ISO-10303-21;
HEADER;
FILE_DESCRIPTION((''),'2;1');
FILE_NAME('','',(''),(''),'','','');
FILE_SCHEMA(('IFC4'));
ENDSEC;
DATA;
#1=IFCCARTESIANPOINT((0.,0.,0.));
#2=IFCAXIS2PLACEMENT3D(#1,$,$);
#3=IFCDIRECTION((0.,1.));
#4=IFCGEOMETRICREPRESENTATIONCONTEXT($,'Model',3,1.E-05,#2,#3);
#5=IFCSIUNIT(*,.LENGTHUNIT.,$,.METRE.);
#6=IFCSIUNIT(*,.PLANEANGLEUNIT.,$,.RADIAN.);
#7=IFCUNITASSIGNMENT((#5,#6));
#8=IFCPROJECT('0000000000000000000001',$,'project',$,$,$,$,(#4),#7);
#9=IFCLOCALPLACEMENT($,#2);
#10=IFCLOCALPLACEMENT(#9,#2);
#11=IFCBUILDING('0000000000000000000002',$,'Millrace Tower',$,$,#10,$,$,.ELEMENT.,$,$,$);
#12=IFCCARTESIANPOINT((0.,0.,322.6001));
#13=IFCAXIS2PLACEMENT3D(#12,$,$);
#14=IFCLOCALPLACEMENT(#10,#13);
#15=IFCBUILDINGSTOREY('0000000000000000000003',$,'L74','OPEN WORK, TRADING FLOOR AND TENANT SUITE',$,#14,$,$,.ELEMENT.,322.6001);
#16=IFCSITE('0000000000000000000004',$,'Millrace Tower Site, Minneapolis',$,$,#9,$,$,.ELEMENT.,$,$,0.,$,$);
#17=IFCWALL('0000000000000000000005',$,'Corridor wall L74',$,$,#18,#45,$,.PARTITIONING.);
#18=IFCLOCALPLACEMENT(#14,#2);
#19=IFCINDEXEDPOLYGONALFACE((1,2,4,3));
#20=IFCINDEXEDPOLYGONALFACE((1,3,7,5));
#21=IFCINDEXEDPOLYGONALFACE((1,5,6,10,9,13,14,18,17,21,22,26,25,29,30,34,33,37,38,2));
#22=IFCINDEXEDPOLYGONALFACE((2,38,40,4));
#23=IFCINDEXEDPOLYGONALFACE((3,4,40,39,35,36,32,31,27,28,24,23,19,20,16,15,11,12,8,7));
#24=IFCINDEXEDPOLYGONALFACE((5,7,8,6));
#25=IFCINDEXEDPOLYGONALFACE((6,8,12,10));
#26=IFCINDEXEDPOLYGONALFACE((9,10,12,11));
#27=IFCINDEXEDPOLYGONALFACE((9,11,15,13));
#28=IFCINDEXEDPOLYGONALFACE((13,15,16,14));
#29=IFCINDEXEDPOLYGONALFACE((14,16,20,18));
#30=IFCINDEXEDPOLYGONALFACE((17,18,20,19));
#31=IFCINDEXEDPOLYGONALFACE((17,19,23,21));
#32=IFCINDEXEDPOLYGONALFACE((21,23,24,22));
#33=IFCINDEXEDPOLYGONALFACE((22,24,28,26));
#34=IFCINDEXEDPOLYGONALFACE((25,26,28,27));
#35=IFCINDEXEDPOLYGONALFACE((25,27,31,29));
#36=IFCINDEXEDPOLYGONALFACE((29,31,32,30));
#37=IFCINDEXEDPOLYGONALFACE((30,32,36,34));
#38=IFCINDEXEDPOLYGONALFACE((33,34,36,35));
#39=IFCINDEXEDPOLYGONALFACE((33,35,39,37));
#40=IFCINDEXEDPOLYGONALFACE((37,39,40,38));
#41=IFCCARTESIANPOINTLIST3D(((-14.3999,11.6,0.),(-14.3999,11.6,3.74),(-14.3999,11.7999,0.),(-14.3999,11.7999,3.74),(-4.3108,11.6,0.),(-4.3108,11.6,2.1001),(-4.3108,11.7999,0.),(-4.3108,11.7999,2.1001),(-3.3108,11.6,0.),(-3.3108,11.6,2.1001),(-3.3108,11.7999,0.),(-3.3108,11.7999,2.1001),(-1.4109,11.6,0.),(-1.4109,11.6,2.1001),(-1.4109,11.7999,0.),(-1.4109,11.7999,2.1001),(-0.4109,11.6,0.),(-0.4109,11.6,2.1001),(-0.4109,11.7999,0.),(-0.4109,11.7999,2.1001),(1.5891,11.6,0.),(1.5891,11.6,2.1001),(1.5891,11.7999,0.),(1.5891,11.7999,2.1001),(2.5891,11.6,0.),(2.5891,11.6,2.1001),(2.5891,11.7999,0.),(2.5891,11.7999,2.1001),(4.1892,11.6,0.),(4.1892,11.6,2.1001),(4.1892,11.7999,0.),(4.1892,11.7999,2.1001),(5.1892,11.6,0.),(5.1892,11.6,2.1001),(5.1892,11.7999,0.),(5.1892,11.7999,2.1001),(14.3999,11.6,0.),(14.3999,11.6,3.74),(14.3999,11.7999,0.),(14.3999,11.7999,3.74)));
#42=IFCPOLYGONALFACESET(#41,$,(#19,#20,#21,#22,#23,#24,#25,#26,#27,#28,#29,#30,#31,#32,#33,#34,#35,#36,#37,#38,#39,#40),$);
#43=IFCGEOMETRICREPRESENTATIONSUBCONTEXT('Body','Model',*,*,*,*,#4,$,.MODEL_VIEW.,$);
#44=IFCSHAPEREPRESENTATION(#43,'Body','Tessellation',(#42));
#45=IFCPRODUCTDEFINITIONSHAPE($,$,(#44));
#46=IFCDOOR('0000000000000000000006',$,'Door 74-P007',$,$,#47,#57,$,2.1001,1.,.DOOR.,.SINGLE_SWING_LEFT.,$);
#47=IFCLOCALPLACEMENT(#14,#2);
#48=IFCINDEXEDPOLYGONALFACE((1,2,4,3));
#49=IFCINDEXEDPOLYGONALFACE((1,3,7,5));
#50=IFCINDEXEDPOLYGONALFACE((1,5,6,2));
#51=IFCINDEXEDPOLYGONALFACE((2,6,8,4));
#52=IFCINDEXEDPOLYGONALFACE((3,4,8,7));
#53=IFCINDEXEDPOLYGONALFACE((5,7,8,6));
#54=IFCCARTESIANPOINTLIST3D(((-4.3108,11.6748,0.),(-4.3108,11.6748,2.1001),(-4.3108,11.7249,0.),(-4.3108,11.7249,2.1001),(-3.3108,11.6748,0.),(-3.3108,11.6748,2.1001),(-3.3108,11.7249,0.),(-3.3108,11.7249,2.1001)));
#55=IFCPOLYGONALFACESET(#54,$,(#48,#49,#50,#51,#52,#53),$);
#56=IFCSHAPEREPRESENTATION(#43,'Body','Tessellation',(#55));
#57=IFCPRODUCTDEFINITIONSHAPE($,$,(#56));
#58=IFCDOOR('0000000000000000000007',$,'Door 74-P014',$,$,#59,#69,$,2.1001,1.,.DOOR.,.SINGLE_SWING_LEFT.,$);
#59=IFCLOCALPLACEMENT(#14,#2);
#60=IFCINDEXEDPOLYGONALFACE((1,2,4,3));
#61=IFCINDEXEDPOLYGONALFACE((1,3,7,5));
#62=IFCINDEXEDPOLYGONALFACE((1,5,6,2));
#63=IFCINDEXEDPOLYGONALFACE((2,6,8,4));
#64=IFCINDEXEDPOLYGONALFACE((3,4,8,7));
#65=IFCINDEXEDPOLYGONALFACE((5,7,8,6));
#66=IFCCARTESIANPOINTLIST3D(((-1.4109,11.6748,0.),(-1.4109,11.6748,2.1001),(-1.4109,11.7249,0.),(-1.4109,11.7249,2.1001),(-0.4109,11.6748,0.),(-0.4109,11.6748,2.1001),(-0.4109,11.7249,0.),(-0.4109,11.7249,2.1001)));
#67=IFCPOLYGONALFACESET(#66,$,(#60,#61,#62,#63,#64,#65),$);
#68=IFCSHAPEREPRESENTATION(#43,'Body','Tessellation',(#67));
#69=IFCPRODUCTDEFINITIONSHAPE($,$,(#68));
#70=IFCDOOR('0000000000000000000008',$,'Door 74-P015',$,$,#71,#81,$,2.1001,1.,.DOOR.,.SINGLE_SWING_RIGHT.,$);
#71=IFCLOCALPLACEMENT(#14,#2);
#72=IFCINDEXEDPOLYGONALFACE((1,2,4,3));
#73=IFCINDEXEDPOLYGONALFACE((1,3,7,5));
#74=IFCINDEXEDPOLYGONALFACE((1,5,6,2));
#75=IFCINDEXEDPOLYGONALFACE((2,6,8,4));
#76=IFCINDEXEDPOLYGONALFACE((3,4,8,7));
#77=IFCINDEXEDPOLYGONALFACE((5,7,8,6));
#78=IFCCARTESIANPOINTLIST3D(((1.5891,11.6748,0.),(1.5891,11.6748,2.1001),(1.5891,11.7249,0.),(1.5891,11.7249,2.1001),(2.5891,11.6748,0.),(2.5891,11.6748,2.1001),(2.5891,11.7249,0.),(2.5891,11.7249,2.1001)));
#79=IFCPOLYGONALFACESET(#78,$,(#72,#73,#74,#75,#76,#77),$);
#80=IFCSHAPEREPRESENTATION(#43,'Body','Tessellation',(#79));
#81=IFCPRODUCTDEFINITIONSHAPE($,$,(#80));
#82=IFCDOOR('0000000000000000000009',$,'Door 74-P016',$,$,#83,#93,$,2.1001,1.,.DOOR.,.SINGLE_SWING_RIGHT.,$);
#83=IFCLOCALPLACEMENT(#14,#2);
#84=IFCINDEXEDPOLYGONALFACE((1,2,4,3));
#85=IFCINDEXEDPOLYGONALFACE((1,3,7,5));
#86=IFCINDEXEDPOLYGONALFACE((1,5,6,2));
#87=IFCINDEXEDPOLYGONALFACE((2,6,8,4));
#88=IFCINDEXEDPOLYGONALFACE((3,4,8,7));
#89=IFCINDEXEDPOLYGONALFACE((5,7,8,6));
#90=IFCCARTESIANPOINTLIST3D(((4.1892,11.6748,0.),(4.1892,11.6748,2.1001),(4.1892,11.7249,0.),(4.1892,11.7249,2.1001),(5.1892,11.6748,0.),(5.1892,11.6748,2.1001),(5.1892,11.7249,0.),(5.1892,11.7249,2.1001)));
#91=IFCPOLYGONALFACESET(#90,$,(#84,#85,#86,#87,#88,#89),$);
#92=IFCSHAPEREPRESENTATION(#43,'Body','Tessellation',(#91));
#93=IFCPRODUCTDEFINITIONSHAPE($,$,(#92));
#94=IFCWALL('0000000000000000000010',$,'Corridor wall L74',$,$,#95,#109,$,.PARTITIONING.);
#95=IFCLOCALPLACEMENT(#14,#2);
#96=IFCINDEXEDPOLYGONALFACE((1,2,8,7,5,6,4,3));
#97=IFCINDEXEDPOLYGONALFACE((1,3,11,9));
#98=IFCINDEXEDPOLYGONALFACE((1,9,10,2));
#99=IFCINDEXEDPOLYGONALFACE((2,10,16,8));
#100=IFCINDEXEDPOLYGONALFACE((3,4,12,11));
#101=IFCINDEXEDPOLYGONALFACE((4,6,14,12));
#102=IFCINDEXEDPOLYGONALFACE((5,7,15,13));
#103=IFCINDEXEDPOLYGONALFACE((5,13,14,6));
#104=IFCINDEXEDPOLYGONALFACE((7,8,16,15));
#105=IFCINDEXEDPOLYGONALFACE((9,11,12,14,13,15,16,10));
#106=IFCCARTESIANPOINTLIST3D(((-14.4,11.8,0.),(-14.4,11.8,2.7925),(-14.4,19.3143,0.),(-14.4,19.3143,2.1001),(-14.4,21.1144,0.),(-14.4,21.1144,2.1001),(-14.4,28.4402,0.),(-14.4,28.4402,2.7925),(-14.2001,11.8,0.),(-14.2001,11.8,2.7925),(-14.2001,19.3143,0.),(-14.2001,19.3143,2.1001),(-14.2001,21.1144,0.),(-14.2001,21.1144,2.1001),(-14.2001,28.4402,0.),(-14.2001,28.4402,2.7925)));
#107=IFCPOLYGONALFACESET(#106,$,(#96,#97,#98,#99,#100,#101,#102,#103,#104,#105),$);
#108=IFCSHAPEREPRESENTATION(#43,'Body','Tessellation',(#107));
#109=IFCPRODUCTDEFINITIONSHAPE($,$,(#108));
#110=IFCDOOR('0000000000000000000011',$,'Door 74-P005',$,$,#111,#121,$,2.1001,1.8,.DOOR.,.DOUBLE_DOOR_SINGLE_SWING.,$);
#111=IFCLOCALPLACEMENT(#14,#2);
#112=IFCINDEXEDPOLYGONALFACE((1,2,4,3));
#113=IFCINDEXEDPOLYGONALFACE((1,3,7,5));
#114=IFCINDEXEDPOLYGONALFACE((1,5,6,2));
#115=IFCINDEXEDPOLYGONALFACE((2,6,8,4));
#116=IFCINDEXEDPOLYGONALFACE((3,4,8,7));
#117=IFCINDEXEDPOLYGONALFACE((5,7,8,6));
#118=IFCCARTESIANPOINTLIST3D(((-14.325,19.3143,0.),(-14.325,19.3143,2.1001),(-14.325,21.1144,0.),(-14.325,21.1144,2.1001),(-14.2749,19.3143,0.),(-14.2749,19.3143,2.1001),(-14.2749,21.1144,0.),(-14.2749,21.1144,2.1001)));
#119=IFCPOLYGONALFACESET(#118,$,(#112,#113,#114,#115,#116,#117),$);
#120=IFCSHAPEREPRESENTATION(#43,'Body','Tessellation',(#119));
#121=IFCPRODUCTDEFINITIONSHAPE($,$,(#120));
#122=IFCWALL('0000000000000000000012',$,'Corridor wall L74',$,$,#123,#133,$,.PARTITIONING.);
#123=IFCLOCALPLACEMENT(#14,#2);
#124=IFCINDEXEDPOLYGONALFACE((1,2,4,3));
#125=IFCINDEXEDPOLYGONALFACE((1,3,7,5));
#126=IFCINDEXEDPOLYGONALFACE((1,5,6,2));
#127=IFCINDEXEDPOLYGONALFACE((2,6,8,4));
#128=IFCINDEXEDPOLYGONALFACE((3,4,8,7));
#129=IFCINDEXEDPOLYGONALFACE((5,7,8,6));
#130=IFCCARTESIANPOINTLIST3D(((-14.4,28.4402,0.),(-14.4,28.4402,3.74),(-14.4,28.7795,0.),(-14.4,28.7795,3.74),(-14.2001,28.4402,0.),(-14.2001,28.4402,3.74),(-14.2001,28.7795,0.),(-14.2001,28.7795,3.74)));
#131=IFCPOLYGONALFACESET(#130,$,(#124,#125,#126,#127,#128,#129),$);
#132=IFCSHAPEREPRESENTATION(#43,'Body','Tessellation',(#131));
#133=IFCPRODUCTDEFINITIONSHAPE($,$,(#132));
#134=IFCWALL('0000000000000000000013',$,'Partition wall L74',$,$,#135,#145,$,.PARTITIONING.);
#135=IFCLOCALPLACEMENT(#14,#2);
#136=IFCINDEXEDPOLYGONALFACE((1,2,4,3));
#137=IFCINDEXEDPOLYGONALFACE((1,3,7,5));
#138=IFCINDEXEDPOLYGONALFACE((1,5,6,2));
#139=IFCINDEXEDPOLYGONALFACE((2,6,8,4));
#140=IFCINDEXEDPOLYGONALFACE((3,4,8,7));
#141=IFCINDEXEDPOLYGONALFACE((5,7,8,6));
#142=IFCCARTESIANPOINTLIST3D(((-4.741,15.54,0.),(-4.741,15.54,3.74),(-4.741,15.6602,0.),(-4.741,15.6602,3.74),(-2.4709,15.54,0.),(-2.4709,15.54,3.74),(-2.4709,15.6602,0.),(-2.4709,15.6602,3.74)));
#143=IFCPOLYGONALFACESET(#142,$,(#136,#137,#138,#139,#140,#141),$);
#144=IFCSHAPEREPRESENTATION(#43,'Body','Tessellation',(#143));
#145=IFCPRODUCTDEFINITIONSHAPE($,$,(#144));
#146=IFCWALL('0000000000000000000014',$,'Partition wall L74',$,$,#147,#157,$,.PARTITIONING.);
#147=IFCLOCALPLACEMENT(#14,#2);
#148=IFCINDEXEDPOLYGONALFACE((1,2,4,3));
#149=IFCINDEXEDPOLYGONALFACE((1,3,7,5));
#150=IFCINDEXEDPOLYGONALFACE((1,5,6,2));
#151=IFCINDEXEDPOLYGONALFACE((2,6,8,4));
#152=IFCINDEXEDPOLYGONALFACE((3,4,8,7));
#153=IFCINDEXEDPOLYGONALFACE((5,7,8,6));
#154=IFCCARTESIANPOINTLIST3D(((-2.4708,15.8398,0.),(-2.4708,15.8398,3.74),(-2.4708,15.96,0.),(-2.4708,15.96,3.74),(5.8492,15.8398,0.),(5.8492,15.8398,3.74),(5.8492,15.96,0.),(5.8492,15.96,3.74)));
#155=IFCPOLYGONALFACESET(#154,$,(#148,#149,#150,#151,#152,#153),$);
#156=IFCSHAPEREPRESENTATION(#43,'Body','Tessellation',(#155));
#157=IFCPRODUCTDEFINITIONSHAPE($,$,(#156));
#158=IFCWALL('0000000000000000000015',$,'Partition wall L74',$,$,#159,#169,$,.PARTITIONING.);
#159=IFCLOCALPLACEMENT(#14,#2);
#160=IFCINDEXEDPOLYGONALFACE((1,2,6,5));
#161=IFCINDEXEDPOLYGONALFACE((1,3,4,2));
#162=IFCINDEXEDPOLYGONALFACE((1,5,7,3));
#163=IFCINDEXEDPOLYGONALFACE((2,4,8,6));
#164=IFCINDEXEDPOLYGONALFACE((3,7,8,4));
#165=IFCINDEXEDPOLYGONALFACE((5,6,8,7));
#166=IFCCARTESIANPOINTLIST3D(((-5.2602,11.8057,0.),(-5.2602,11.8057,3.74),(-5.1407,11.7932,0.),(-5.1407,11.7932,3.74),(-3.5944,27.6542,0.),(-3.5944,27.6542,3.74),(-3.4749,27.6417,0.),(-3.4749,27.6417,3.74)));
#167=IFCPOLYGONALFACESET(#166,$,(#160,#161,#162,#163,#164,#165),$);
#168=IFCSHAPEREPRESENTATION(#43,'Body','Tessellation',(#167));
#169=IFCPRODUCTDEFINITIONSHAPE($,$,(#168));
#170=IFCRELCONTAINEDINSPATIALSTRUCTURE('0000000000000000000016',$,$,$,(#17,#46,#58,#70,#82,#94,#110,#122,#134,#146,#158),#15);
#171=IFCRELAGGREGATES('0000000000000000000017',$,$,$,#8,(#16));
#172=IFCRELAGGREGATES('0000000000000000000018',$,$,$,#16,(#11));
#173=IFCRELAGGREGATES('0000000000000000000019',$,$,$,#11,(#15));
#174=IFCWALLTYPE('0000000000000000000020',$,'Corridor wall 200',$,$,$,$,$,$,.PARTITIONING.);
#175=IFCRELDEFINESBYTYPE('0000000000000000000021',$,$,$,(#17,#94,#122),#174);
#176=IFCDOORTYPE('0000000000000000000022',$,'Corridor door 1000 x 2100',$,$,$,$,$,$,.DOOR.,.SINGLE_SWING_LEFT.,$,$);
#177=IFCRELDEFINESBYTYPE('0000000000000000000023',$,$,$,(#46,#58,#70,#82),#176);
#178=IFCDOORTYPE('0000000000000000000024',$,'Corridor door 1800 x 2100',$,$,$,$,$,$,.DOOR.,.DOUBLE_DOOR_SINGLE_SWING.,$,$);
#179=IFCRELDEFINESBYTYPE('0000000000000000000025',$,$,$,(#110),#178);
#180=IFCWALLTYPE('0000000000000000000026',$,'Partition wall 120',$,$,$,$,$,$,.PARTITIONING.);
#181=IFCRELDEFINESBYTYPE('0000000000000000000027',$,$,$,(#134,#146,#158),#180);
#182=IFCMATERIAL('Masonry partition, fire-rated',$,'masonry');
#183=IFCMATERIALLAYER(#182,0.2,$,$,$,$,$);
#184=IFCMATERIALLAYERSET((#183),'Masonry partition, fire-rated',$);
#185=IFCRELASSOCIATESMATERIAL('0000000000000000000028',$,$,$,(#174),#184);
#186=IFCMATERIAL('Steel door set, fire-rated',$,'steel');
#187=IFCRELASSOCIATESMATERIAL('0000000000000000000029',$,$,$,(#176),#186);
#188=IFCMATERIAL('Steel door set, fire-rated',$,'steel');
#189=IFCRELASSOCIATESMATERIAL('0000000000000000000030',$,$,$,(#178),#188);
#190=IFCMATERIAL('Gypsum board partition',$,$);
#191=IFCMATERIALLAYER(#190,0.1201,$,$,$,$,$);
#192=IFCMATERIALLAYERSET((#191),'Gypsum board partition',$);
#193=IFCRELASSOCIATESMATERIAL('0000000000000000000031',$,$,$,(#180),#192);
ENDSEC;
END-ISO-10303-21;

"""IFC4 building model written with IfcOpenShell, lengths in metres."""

from ifc_helpers import new_model, si_unit, direction, frame, frame_2d, origin, place, context, subcontext, project, spatial, rectangle, extrude, material, layer, layer_set, type_object, element, fill, save


model = new_model("IFC4")

# Units and contexts
model_context = context("Model", 3, precision=1e-05, world=origin(), true_north=direction((0.0, 1.0)))
body_context = subcontext(model_context, "Body", "Model", "MODEL_VIEW")
ifc_project = project(units=[si_unit("LENGTHUNIT", "METRE"), si_unit("PLANEANGLEUNIT", "RADIAN")], contexts=[model_context])

# Site, building, storey
site_placement = place(None, origin())
site = spatial("IfcSite", under=ifc_project, at=site_placement, Name="Millrace Tower Site, Minneapolis", CompositionType="ELEMENT", RefElevation=0.0)
building_placement = place(site_placement, origin())
building = spatial("IfcBuilding", under=site, at=building_placement, Name="Millrace Tower", CompositionType="ELEMENT")
storey_placement = place(building_placement, frame((0.0, 0.0, 322.6001)))
storey = spatial("IfcBuildingStorey", under=building, at=storey_placement, Name="L74", Description="OPEN WORK, TRADING FLOOR AND TENANT SUITE", CompositionType="ELEMENT", Elevation=322.6001)

# Wall, openings, doors
ifc_material_1 = material(Name="Masonry partition, fire-rated", Category="masonry")
ifc_layer_1 = layer(ifc_material_1, 0.2)
ifc_layer_set_1 = layer_set([ifc_layer_1], Name="Masonry partition, fire-rated")
wall_type_1 = type_object("IfcWallType", Name="Corridor wall 200", PredefinedType="PARTITIONING", material=ifc_layer_set_1)
wall_1_placement = place(storey_placement, frame((-14.3999, 11.7, 0.0), z_axis=(0.0, 0.0, 1.0), x_axis=(1.0, 0.0, 0.0)))
wall_1 = element("IfcWall", 1, at=wall_1_placement, inside=storey, type_object=wall_type_1, Name="Corridor wall L74", PredefinedType="PARTITIONING", context=body_context, shape_type="SweptSolid", body=[
    extrude(rectangle(XDim=28.7998, YDim=0.2, at=frame_2d((14.3999, 0.0))), origin(), (0.0, 0.0, 1.0), 3.74),
])
opening_1_placement = place(wall_1_placement, frame((10.0891, 0.0, 0.0)))
opening_1 = element("IfcOpeningElement", 2, at=opening_1_placement, cuts=wall_1, PredefinedType="OPENING", context=body_context, shape_type="SweptSolid", body=[
    extrude(rectangle(XDim=1.0, YDim=2.1001, at=frame_2d((0.5, 1.05))), frame((0.0, 0.1099, 0.0), z_axis=(0.0, -1.0, 0.0), x_axis=(1.0, 0.0, 0.0)), (0.0, 0.0, 1.0), 0.22),
])
opening_2_placement = place(wall_1_placement, frame((12.989, 0.0, 0.0)))
opening_2 = element("IfcOpeningElement", 3, at=opening_2_placement, cuts=wall_1, PredefinedType="OPENING", context=body_context, shape_type="SweptSolid", body=[
    extrude(rectangle(XDim=1.0, YDim=2.1001, at=frame_2d((0.5, 1.05))), frame((0.0, 0.1099, 0.0), z_axis=(0.0, -1.0, 0.0), x_axis=(1.0, 0.0, 0.0)), (0.0, 0.0, 1.0), 0.22),
])
opening_3_placement = place(wall_1_placement, frame((15.989, 0.0, 0.0)))
opening_3 = element("IfcOpeningElement", 4, at=opening_3_placement, cuts=wall_1, PredefinedType="OPENING", context=body_context, shape_type="SweptSolid", body=[
    extrude(rectangle(XDim=1.0, YDim=2.1001, at=frame_2d((0.5, 1.05))), frame((0.0, 0.1099, 0.0), z_axis=(0.0, -1.0, 0.0), x_axis=(1.0, 0.0, 0.0)), (0.0, 0.0, 1.0), 0.22),
])
opening_4_placement = place(wall_1_placement, frame((18.5891, 0.0, 0.0)))
opening_4 = element("IfcOpeningElement", 5, at=opening_4_placement, cuts=wall_1, PredefinedType="OPENING", context=body_context, shape_type="SweptSolid", body=[
    extrude(rectangle(XDim=1.0, YDim=2.1001, at=frame_2d((0.5, 1.05))), frame((0.0, 0.1099, 0.0), z_axis=(0.0, -1.0, 0.0), x_axis=(1.0, 0.0, 0.0)), (0.0, 0.0, 1.0), 0.22),
])
ifc_material_2 = material(Name="Steel door set, fire-rated", Category="steel")
door_type_1 = type_object("IfcDoorType", Name="Corridor door 1000 x 2100", OperationType="SINGLE_SWING_LEFT", PredefinedType="DOOR", material=ifc_material_2)
door_1_placement = place(opening_1_placement, origin())
door_1 = element("IfcDoor", 6, at=door_1_placement, inside=storey, type_object=door_type_1, Name="Door 74-P007", OperationType="SINGLE_SWING_LEFT", OverallHeight=2.1001, OverallWidth=1.0, PredefinedType="DOOR", context=body_context, shape_type="SweptSolid", body=[
    extrude(rectangle(XDim=1.0, YDim=2.1001, at=frame_2d((0.5, 1.05))), frame((0.0, 0.0249, 0.0), z_axis=(0.0, -1.0, 0.0), x_axis=(1.0, 0.0, 0.0)), (0.0, 0.0, 1.0), 0.05),
])
fill(opening_1, door_1)
door_2_placement = place(opening_2_placement, origin())
door_2 = element("IfcDoor", 7, at=door_2_placement, inside=storey, type_object=door_type_1, Name="Door 74-P014", OperationType="SINGLE_SWING_LEFT", OverallHeight=2.1001, OverallWidth=1.0, PredefinedType="DOOR", context=body_context, shape_type="SweptSolid", body=[
    extrude(rectangle(XDim=1.0, YDim=2.1001, at=frame_2d((0.5, 1.05))), frame((0.0, 0.0249, 0.0), z_axis=(0.0, -1.0, 0.0), x_axis=(1.0, 0.0, 0.0)), (0.0, 0.0, 1.0), 0.05),
])
fill(opening_2, door_2)
door_3_placement = place(opening_3_placement, origin())
door_3 = element("IfcDoor", 8, at=door_3_placement, inside=storey, type_object=door_type_1, Name="Door 74-P015", OperationType="SINGLE_SWING_RIGHT", OverallHeight=2.1001, OverallWidth=1.0, PredefinedType="DOOR", context=body_context, shape_type="SweptSolid", body=[
    extrude(rectangle(XDim=1.0, YDim=2.1001, at=frame_2d((0.5, 1.05))), frame((0.0, 0.0249, 0.0), z_axis=(0.0, -1.0, 0.0), x_axis=(1.0, 0.0, 0.0)), (0.0, 0.0, 1.0), 0.05),
])
fill(opening_3, door_3)
door_4_placement = place(opening_4_placement, origin())
door_4 = element("IfcDoor", 9, at=door_4_placement, inside=storey, type_object=door_type_1, Name="Door 74-P016", OperationType="SINGLE_SWING_RIGHT", OverallHeight=2.1001, OverallWidth=1.0, PredefinedType="DOOR", context=body_context, shape_type="SweptSolid", body=[
    extrude(rectangle(XDim=1.0, YDim=2.1001, at=frame_2d((0.5, 1.05))), frame((0.0, 0.0249, 0.0), z_axis=(0.0, -1.0, 0.0), x_axis=(1.0, 0.0, 0.0)), (0.0, 0.0, 1.0), 0.05),
])
fill(opening_4, door_4)

# Wall, opening, door
wall_2_placement = place(storey_placement, frame((-14.3, 11.8, 0.0), z_axis=(0.0, 0.0, 1.0), x_axis=(0.0, 1.0, 0.0)))
wall_2 = element("IfcWall", 10, at=wall_2_placement, inside=storey, type_object=wall_type_1, Name="Corridor wall L74", PredefinedType="PARTITIONING", context=body_context, shape_type="SweptSolid", body=[
    extrude(rectangle(XDim=16.6401, YDim=0.2, at=frame_2d((8.3201, 0.0))), origin(), (0.0, 0.0, 1.0), 2.7925),
])
opening_5_placement = place(wall_2_placement, frame((7.5144, 0.0, 0.0)))
opening_5 = element("IfcOpeningElement", 11, at=opening_5_placement, cuts=wall_2, PredefinedType="OPENING", context=body_context, shape_type="SweptSolid", body=[
    extrude(rectangle(XDim=1.8, YDim=2.1001, at=frame_2d((0.8999, 1.05))), frame((0.0, 0.1099, 0.0), z_axis=(0.0, -1.0, 0.0), x_axis=(1.0, 0.0, 0.0)), (0.0, 0.0, 1.0), 0.22),
])
ifc_material_3 = material(Name="Steel door set, fire-rated", Category="steel")
door_type_2 = type_object("IfcDoorType", Name="Corridor door 1800 x 2100", OperationType="DOUBLE_DOOR_SINGLE_SWING", PredefinedType="DOOR", material=ifc_material_3)
door_5_placement = place(opening_5_placement, origin())
door_5 = element("IfcDoor", 12, at=door_5_placement, inside=storey, type_object=door_type_2, Name="Door 74-P005", OperationType="DOUBLE_DOOR_SINGLE_SWING", OverallHeight=2.1001, OverallWidth=1.8, PredefinedType="DOOR", context=body_context, shape_type="SweptSolid", body=[
    extrude(rectangle(XDim=1.8, YDim=2.1001, at=frame_2d((0.8999, 1.05))), frame((0.0, 0.0249, 0.0), z_axis=(0.0, -1.0, 0.0), x_axis=(1.0, 0.0, 0.0)), (0.0, 0.0, 1.0), 0.05),
])
fill(opening_5, door_5)

# Walls
wall_3_placement = place(storey_placement, frame((-14.3, 28.4402, 0.0), z_axis=(0.0, 0.0, 1.0), x_axis=(0.0, 1.0, 0.0)))
element("IfcWall", 13, at=wall_3_placement, inside=storey, type_object=wall_type_1, Name="Corridor wall L74", PredefinedType="PARTITIONING", context=body_context, shape_type="SweptSolid", body=[
    extrude(rectangle(XDim=0.3394, YDim=0.2, at=frame_2d((0.1697, 0.0))), origin(), (0.0, 0.0, 1.0), 3.74),
])
ifc_material_4 = material(Name="Gypsum board partition")
ifc_layer_2 = layer(ifc_material_4, 0.1201)
ifc_layer_set_2 = layer_set([ifc_layer_2], Name="Gypsum board partition")
wall_type_2 = type_object("IfcWallType", Name="Partition wall 120", PredefinedType="PARTITIONING", material=ifc_layer_set_2)
wall_4_placement = place(storey_placement, frame((-4.741, 15.6001, 0.0), z_axis=(0.0, 0.0, 1.0), x_axis=(1.0, 0.0, 0.0)))
element("IfcWall", 14, at=wall_4_placement, inside=storey, type_object=wall_type_2, Name="Partition wall L74", PredefinedType="PARTITIONING", context=body_context, shape_type="SweptSolid", body=[
    extrude(rectangle(XDim=2.27, YDim=0.1201, at=frame_2d((1.135, 0.0))), origin(), (0.0, 0.0, 1.0), 3.74),
])
wall_5_placement = place(storey_placement, frame((-2.4709, 15.8999, 0.0), z_axis=(0.0, 0.0, 1.0), x_axis=(1.0, 0.0, 0.0)))
element("IfcWall", 15, at=wall_5_placement, inside=storey, type_object=wall_type_2, Name="Partition wall L74", PredefinedType="PARTITIONING", context=body_context, shape_type="SweptSolid", body=[
    extrude(rectangle(XDim=8.3201, YDim=0.1201, at=frame_2d((4.1602, 0.0))), origin(), (0.0, 0.0, 1.0), 3.74),
])
wall_6_placement = place(storey_placement, frame((-5.2004, 11.7996, 0.0), z_axis=(0.0, 0.0, 1.0), x_axis=(0.104531, 0.994522, 0.0)))
element("IfcWall", 16, at=wall_6_placement, inside=storey, type_object=wall_type_2, Name="Partition wall L74", PredefinedType="PARTITIONING", context=body_context, shape_type="SweptSolid", body=[
    extrude(rectangle(XDim=15.9358, YDim=0.1201, at=frame_2d((7.9678, 0.0))), origin(), (0.0, 0.0, 1.0), 3.74),
])

save(model, "model.ifc")
